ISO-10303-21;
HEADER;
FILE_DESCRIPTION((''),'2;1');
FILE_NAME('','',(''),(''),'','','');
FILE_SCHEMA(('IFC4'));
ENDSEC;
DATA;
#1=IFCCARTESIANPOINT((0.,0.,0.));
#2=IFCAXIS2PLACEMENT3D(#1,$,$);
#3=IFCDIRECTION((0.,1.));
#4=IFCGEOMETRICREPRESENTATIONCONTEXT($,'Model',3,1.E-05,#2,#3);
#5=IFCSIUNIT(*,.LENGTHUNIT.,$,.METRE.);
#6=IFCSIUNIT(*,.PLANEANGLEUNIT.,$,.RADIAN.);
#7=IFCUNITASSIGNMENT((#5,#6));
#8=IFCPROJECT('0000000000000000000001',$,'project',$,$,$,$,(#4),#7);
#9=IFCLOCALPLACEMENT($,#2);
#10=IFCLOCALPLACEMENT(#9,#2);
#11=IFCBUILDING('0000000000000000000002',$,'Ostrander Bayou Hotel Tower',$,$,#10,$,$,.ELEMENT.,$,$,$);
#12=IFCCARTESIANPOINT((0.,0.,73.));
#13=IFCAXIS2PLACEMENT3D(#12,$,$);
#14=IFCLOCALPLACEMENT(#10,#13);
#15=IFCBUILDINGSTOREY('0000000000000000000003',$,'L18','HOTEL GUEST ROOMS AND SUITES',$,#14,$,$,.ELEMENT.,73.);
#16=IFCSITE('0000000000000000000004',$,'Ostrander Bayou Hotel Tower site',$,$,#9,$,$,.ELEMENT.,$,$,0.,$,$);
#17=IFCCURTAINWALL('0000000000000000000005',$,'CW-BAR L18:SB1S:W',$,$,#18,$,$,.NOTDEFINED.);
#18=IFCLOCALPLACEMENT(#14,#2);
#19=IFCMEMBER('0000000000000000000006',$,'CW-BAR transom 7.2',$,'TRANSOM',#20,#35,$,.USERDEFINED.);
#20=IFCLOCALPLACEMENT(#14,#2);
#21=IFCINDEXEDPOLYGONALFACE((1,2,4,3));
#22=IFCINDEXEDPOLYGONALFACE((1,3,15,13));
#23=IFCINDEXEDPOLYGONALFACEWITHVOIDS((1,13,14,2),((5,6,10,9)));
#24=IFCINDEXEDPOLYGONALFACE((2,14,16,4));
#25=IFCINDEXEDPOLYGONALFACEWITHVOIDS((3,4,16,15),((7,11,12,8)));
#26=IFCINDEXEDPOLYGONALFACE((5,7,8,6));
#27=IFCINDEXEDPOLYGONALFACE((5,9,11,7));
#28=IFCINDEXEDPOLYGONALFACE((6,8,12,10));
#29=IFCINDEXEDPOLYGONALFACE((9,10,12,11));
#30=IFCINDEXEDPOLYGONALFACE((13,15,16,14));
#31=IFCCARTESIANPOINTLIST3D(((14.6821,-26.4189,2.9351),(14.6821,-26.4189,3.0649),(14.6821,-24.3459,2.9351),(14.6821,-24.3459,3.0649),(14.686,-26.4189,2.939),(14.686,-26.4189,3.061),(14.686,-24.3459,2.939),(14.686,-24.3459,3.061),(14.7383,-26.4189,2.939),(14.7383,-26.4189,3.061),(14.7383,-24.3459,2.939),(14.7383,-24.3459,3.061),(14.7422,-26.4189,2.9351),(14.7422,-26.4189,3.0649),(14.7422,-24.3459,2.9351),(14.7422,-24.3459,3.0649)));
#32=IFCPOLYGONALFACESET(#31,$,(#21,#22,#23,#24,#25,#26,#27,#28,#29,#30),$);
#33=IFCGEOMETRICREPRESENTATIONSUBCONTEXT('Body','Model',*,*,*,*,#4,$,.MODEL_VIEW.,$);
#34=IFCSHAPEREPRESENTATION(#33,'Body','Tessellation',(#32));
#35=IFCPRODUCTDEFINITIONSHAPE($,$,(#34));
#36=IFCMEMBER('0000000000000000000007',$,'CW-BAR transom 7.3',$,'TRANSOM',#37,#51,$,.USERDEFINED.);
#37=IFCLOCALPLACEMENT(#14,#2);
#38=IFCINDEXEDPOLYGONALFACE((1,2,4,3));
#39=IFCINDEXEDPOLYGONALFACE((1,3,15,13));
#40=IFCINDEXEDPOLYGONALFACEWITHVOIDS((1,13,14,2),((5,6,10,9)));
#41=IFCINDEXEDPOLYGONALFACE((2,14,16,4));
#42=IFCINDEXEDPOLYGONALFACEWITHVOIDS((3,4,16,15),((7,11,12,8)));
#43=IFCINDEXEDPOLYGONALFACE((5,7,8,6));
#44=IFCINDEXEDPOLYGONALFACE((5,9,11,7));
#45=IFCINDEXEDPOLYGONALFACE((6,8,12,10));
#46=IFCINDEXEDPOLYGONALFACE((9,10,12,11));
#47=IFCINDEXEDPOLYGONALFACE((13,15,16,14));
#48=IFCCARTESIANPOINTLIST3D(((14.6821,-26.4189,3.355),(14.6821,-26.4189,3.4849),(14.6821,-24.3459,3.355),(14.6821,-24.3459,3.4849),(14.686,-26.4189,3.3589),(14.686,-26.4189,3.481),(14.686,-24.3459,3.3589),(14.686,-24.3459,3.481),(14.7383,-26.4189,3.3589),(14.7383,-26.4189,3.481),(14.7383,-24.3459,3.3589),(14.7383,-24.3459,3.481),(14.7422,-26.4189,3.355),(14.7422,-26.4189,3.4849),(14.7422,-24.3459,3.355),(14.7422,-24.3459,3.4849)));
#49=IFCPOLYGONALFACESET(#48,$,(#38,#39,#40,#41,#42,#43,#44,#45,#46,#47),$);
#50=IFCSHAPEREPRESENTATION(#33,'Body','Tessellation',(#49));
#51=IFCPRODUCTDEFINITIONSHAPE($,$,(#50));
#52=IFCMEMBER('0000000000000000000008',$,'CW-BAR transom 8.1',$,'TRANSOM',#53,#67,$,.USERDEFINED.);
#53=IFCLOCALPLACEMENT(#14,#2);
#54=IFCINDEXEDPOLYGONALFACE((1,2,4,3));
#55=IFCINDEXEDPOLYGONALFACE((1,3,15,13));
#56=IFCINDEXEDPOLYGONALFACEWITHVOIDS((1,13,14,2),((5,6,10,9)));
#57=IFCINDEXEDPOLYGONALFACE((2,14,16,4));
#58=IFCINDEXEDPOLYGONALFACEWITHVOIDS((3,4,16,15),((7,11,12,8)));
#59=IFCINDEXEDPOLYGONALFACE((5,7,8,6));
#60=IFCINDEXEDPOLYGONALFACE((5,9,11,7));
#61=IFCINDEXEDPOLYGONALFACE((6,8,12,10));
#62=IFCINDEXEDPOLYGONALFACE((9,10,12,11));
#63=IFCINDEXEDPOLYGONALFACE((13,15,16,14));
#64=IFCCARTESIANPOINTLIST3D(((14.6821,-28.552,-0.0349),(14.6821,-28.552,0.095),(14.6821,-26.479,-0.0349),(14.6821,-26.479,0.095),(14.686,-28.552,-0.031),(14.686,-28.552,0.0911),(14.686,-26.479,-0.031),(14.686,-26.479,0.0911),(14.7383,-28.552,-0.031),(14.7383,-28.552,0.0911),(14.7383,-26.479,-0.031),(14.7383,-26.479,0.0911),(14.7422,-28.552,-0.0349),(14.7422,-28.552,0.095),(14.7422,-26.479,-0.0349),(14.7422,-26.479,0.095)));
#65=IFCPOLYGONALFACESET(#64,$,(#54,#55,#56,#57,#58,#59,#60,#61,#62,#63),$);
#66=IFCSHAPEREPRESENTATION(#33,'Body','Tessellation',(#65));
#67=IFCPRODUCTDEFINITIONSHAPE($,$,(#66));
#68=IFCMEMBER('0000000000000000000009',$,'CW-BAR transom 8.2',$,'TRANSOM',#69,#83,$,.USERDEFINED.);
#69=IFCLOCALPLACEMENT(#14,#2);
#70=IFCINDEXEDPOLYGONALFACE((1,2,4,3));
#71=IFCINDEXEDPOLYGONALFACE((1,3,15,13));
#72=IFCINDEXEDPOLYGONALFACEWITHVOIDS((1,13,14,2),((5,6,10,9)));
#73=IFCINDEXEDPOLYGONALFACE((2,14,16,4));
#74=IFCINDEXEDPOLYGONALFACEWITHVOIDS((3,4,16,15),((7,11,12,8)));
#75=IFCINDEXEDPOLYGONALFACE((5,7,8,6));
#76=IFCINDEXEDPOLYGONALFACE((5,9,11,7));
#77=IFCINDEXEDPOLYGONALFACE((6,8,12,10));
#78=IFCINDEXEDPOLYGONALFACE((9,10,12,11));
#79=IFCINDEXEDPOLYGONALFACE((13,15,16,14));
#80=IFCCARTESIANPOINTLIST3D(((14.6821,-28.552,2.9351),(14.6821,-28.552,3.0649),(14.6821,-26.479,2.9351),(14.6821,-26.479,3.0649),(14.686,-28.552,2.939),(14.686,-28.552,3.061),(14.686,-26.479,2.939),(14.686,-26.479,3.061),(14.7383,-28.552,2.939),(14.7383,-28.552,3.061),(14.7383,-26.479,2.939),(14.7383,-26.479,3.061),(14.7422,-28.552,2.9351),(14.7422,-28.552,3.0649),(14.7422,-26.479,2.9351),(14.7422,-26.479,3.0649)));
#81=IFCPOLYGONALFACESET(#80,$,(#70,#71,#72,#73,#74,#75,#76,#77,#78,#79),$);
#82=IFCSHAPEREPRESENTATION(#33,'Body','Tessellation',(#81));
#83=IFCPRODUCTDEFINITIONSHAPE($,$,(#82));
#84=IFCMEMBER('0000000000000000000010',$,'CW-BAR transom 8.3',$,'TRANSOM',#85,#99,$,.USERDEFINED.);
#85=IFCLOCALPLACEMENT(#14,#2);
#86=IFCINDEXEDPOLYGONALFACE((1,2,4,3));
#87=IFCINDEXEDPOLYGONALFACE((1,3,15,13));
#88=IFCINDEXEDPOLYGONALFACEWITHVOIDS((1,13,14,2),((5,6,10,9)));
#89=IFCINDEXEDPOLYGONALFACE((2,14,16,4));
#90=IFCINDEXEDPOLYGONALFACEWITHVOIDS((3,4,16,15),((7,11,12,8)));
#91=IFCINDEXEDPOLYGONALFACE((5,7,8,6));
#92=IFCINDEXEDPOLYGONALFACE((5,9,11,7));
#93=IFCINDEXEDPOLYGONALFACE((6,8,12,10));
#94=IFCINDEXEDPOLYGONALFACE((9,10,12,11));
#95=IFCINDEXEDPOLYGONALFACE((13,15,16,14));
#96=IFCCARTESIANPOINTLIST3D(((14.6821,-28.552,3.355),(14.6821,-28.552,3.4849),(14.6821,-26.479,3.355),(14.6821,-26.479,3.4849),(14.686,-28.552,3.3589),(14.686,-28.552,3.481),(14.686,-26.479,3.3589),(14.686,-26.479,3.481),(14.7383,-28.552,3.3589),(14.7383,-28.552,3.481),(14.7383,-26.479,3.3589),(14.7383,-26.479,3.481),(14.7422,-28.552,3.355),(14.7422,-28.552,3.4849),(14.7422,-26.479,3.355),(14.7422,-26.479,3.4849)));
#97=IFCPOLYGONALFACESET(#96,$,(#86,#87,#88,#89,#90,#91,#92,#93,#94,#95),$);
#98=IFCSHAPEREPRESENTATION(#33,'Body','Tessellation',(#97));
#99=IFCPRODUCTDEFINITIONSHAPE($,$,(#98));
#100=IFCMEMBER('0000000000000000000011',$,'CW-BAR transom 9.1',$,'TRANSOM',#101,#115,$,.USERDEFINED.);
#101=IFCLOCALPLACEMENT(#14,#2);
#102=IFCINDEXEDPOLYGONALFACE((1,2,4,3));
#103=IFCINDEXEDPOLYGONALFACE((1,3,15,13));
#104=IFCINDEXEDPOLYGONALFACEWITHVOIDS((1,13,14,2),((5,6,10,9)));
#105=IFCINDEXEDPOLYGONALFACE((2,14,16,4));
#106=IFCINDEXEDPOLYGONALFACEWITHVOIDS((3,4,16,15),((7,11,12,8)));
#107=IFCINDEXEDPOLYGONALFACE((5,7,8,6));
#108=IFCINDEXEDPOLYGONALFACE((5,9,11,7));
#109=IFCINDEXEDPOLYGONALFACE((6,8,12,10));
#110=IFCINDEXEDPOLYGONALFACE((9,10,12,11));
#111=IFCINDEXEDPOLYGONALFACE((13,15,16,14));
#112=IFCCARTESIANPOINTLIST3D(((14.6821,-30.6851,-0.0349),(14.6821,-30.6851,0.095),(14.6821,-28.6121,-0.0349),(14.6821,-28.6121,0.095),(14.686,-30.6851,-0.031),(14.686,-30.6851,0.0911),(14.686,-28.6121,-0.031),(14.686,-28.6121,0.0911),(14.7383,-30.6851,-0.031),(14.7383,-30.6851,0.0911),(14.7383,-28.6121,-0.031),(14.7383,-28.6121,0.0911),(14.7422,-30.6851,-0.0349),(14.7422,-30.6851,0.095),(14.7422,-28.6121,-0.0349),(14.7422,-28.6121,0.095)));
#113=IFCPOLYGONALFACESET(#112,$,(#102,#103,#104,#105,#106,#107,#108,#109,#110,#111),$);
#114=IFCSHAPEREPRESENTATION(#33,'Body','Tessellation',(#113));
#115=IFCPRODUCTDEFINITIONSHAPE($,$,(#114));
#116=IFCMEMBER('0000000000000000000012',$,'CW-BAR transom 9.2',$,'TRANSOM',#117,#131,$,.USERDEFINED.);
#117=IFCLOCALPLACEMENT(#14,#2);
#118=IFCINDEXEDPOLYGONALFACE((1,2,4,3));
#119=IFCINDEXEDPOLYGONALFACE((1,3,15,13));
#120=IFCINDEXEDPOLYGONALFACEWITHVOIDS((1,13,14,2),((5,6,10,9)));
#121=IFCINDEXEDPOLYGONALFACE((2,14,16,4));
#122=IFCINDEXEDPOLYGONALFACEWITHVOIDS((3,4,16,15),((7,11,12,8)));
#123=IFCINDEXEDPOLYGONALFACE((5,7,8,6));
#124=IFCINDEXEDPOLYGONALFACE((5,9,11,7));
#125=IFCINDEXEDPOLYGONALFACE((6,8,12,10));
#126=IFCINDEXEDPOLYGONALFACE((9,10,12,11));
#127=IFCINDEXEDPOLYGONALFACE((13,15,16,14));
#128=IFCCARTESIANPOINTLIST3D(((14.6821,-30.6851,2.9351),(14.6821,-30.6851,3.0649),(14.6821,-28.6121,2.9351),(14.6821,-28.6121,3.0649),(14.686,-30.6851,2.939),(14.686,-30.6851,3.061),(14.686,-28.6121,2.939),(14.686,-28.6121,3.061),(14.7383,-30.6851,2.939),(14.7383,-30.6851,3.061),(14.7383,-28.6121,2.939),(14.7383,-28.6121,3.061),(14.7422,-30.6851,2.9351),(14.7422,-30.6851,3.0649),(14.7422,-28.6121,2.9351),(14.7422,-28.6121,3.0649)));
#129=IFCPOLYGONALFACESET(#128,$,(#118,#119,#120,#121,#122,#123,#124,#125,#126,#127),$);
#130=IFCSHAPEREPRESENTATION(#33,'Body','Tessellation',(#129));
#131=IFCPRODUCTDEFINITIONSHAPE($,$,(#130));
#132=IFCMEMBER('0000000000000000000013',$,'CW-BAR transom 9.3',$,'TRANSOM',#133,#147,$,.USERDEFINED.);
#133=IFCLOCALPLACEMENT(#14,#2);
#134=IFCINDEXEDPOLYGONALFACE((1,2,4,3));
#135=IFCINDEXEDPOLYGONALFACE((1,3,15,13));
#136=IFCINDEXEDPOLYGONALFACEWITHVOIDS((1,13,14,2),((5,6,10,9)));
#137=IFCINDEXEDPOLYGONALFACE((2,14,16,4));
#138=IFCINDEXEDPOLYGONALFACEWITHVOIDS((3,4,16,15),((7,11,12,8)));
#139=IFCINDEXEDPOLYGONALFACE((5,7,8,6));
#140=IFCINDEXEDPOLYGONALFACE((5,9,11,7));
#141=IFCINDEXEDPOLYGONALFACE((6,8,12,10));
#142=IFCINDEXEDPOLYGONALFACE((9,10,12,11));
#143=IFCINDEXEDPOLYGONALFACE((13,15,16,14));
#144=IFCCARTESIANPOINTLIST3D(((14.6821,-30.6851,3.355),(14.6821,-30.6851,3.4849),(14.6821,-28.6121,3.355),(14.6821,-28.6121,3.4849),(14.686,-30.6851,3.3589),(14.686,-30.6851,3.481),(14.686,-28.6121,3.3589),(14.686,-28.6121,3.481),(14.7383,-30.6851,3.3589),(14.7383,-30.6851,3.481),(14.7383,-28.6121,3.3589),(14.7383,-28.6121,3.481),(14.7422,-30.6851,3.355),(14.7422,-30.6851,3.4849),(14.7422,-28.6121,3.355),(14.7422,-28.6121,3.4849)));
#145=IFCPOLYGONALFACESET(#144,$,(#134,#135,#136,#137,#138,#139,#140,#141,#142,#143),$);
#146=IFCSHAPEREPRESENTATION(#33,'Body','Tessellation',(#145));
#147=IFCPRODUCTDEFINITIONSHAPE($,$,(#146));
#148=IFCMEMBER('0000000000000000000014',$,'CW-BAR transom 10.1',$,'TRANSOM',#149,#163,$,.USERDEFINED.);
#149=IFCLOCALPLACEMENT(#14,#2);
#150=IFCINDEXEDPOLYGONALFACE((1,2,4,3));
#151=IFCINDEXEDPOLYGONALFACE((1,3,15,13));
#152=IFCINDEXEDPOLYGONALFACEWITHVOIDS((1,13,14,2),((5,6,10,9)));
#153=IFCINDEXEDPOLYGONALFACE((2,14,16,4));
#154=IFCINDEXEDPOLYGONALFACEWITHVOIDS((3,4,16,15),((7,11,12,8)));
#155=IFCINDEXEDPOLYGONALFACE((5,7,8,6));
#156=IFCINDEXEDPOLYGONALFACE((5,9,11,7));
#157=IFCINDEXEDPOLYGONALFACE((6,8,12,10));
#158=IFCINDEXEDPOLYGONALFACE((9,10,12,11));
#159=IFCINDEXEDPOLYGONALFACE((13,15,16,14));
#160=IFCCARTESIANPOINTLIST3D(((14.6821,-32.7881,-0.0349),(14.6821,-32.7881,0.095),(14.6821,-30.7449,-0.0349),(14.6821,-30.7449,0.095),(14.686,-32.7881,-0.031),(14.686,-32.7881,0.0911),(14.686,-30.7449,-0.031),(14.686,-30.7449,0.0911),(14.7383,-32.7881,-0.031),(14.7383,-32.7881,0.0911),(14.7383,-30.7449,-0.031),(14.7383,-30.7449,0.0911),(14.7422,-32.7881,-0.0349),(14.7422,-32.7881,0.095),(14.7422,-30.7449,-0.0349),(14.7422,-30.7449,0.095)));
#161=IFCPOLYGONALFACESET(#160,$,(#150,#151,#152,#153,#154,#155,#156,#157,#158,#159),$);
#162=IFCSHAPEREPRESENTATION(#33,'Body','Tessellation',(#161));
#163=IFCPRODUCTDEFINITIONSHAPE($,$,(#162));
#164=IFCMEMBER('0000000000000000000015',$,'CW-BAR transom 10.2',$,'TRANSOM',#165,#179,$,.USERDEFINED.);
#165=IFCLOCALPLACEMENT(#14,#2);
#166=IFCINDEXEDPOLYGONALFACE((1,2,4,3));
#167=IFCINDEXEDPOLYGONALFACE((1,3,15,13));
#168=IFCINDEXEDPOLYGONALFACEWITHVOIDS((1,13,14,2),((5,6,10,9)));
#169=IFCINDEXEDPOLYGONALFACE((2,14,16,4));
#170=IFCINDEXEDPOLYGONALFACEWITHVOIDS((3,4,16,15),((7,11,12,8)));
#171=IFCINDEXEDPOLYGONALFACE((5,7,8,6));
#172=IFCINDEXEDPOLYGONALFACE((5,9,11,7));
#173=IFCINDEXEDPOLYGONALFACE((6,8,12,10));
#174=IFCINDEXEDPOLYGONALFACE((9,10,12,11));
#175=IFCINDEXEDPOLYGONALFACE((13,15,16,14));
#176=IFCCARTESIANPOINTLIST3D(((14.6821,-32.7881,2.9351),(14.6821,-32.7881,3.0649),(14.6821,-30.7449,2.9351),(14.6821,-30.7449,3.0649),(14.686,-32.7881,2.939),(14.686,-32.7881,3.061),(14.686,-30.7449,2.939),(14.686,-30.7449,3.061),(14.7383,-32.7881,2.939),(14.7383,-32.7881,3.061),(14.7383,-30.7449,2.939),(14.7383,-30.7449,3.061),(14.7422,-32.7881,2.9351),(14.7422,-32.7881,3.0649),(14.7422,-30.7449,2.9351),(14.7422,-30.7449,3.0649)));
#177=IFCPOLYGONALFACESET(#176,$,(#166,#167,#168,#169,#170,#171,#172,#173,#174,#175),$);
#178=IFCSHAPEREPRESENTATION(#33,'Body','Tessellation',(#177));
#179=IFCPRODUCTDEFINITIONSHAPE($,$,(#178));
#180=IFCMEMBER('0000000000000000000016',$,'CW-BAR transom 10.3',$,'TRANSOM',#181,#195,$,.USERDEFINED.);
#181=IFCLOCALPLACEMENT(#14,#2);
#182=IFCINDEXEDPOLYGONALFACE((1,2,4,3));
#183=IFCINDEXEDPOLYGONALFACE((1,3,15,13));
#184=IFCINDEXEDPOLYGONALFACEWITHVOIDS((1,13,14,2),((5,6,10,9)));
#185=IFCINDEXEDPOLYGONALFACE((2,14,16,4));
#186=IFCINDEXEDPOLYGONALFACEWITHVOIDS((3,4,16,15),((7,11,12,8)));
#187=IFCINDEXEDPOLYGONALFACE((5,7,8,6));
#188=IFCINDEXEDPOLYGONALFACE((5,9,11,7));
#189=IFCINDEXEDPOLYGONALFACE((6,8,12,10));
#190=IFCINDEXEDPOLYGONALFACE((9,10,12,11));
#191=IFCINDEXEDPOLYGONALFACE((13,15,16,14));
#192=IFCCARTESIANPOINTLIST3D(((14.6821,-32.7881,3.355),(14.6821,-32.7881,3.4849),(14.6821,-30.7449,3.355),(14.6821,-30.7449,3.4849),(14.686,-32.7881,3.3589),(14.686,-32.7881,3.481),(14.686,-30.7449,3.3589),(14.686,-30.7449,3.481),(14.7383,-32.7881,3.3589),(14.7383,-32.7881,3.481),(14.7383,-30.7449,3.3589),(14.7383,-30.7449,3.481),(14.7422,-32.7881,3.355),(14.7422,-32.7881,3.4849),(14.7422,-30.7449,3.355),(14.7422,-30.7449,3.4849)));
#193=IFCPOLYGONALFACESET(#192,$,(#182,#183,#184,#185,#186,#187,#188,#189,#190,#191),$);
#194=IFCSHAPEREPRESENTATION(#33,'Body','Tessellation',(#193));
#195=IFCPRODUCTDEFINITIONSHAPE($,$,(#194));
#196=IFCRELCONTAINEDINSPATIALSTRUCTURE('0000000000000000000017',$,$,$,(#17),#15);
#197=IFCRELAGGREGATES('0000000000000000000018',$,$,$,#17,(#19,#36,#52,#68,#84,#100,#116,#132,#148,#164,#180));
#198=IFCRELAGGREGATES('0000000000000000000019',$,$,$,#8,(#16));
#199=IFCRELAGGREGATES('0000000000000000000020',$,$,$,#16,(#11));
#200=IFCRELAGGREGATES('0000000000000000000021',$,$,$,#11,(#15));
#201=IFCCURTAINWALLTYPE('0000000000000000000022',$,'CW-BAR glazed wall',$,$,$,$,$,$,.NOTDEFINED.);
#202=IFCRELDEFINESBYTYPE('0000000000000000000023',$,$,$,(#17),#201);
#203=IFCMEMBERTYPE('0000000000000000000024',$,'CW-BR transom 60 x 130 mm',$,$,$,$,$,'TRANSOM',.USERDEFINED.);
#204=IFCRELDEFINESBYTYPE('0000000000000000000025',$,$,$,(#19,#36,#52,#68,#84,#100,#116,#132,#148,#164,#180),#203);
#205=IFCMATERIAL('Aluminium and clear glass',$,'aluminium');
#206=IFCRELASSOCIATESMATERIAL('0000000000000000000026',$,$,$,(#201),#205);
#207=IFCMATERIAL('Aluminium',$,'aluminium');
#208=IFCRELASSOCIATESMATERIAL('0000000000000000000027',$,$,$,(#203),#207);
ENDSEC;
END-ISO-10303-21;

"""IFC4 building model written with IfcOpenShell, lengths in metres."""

from ifc_helpers import new_model, si_unit, direction, frame, origin, origin_2d, place, context, subcontext, project, spatial, hollow_rectangle, extrude, material, material_profile, profile_set, type_object, element, aggregate, save


model = new_model("IFC4")

# Units and contexts
model_context = context("Model", 3, precision=1e-05, world=origin(), true_north=direction((0.0, 1.0)))
body_context = subcontext(model_context, "Body", "Model", "MODEL_VIEW")
ifc_project = project(units=[si_unit("LENGTHUNIT", "METRE"), si_unit("PLANEANGLEUNIT", "RADIAN")], contexts=[model_context])

# Site, building, storey
site_placement = place(None, origin())
site = spatial("IfcSite", under=ifc_project, at=site_placement, Name="Ostrander Bayou Hotel Tower site", CompositionType="ELEMENT", RefElevation=0.0)
building_placement = place(site_placement, origin())
building = spatial("IfcBuilding", under=site, at=building_placement, Name="Ostrander Bayou Hotel Tower", CompositionType="ELEMENT")
storey_placement = place(building_placement, frame((0.0, 0.0, 73.0)))
storey = spatial("IfcBuildingStorey", under=building, at=storey_placement, Name="L18", Description="HOTEL GUEST ROOMS AND SUITES", CompositionType="ELEMENT", Elevation=73.0)

# Curtain wall
ifc_material_1 = material(Name="Aluminium and clear glass", Category="aluminium")
curtain_wall_type = type_object("IfcCurtainWallType", Name="CW-BAR glazed wall", PredefinedType="NOTDEFINED", material=ifc_material_1)
curtain_wall_1_placement = place(storey_placement, origin())
curtain_wall_1 = element("IfcCurtainWall", 1, at=curtain_wall_1_placement, inside=storey, type_object=curtain_wall_type, Name="CW-BAR L18:SB1S:W", PredefinedType="NOTDEFINED")

# Members
ifc_material_2 = material(Name="Aluminium", Category="aluminium")
ifc_material_profile_1 = material_profile(ifc_material_2, hollow_rectangle(XDim=0.0601, YDim=0.1299, WallThickness=0.0039, at=origin_2d()))
ifc_profile_set_1 = profile_set([ifc_material_profile_1], Name="Aluminium")
member_type_1 = type_object("IfcMemberType", Name="CW-BR transom 60 x 130 mm", ElementType="TRANSOM", PredefinedType="USERDEFINED", material=ifc_profile_set_1)
member_1_placement = place(storey_placement, frame((14.7122, -24.3459, 3.0), z_axis=(0.0, -1.0, 0.0), x_axis=(1.0, 0.0, 0.0)))
member_1 = element("IfcMember", 2, at=member_1_placement, type_object=member_type_1, Name="CW-BAR transom 7.2", ObjectType="TRANSOM", PredefinedType="USERDEFINED", context=body_context, shape_type="SweptSolid", body=[
    extrude(hollow_rectangle(XDim=0.0601, YDim=0.1299, WallThickness=0.0039, at=origin_2d()), origin(), (0.0, 0.0, 1.0), 2.073),
])
member_2_placement = place(storey_placement, frame((14.7122, -24.3459, 3.4199), z_axis=(0.0, -1.0, 0.0), x_axis=(1.0, 0.0, 0.0)))
member_2 = element("IfcMember", 3, at=member_2_placement, type_object=member_type_1, Name="CW-BAR transom 7.3", ObjectType="TRANSOM", PredefinedType="USERDEFINED", context=body_context, shape_type="SweptSolid", body=[
    extrude(hollow_rectangle(XDim=0.0601, YDim=0.1299, WallThickness=0.0039, at=origin_2d()), origin(), (0.0, 0.0, 1.0), 2.073),
])
member_3_placement = place(storey_placement, frame((14.7122, -26.479, 0.03), z_axis=(0.0, -1.0, 0.0), x_axis=(1.0, 0.0, 0.0)))
member_3 = element("IfcMember", 4, at=member_3_placement, type_object=member_type_1, Name="CW-BAR transom 8.1", ObjectType="TRANSOM", PredefinedType="USERDEFINED", context=body_context, shape_type="SweptSolid", body=[
    extrude(hollow_rectangle(XDim=0.0601, YDim=0.1299, WallThickness=0.0039, at=origin_2d()), origin(), (0.0, 0.0, 1.0), 2.073),
])
member_4_placement = place(storey_placement, frame((14.7122, -26.479, 3.0), z_axis=(0.0, -1.0, 0.0), x_axis=(1.0, 0.0, 0.0)))
member_4 = element("IfcMember", 5, at=member_4_placement, type_object=member_type_1, Name="CW-BAR transom 8.2", ObjectType="TRANSOM", PredefinedType="USERDEFINED", context=body_context, shape_type="SweptSolid", body=[
    extrude(hollow_rectangle(XDim=0.0601, YDim=0.1299, WallThickness=0.0039, at=origin_2d()), origin(), (0.0, 0.0, 1.0), 2.073),
])
member_5_placement = place(storey_placement, frame((14.7122, -26.479, 3.4199), z_axis=(0.0, -1.0, 0.0), x_axis=(1.0, 0.0, 0.0)))
member_5 = element("IfcMember", 6, at=member_5_placement, type_object=member_type_1, Name="CW-BAR transom 8.3", ObjectType="TRANSOM", PredefinedType="USERDEFINED", context=body_context, shape_type="SweptSolid", body=[
    extrude(hollow_rectangle(XDim=0.0601, YDim=0.1299, WallThickness=0.0039, at=origin_2d()), origin(), (0.0, 0.0, 1.0), 2.073),
])
member_6_placement = place(storey_placement, frame((14.7122, -28.6121, 0.03), z_axis=(0.0, -1.0, 0.0), x_axis=(1.0, 0.0, 0.0)))
member_6 = element("IfcMember", 7, at=member_6_placement, type_object=member_type_1, Name="CW-BAR transom 9.1", ObjectType="TRANSOM", PredefinedType="USERDEFINED", context=body_context, shape_type="SweptSolid", body=[
    extrude(hollow_rectangle(XDim=0.0601, YDim=0.1299, WallThickness=0.0039, at=origin_2d()), origin(), (0.0, 0.0, 1.0), 2.073),
])
member_7_placement = place(storey_placement, frame((14.7122, -28.6121, 3.0), z_axis=(0.0, -1.0, 0.0), x_axis=(1.0, 0.0, 0.0)))
member_7 = element("IfcMember", 8, at=member_7_placement, type_object=member_type_1, Name="CW-BAR transom 9.2", ObjectType="TRANSOM", PredefinedType="USERDEFINED", context=body_context, shape_type="SweptSolid", body=[
    extrude(hollow_rectangle(XDim=0.0601, YDim=0.1299, WallThickness=0.0039, at=origin_2d()), origin(), (0.0, 0.0, 1.0), 2.073),
])
member_8_placement = place(storey_placement, frame((14.7122, -28.6121, 3.4199), z_axis=(0.0, -1.0, 0.0), x_axis=(1.0, 0.0, 0.0)))
member_8 = element("IfcMember", 9, at=member_8_placement, type_object=member_type_1, Name="CW-BAR transom 9.3", ObjectType="TRANSOM", PredefinedType="USERDEFINED", context=body_context, shape_type="SweptSolid", body=[
    extrude(hollow_rectangle(XDim=0.0601, YDim=0.1299, WallThickness=0.0039, at=origin_2d()), origin(), (0.0, 0.0, 1.0), 2.073),
])
member_9_placement = place(storey_placement, frame((14.7122, -30.7449, 0.03), z_axis=(0.0, -1.0, 0.0), x_axis=(1.0, 0.0, 0.0)))
member_9 = element("IfcMember", 10, at=member_9_placement, type_object=member_type_1, Name="CW-BAR transom 10.1", ObjectType="TRANSOM", PredefinedType="USERDEFINED", context=body_context, shape_type="SweptSolid", body=[
    extrude(hollow_rectangle(XDim=0.0601, YDim=0.1299, WallThickness=0.0039, at=origin_2d()), origin(), (0.0, 0.0, 1.0), 2.0432),
])
member_10_placement = place(storey_placement, frame((14.7122, -30.7449, 3.0), z_axis=(0.0, -1.0, 0.0), x_axis=(1.0, 0.0, 0.0)))
member_10 = element("IfcMember", 11, at=member_10_placement, type_object=member_type_1, Name="CW-BAR transom 10.2", ObjectType="TRANSOM", PredefinedType="USERDEFINED", context=body_context, shape_type="SweptSolid", body=[
    extrude(hollow_rectangle(XDim=0.0601, YDim=0.1299, WallThickness=0.0039, at=origin_2d()), origin(), (0.0, 0.0, 1.0), 2.0432),
])
member_11_placement = place(storey_placement, frame((14.7122, -30.7449, 3.4199), z_axis=(0.0, -1.0, 0.0), x_axis=(1.0, 0.0, 0.0)))
member_11 = element("IfcMember", 12, at=member_11_placement, type_object=member_type_1, Name="CW-BAR transom 10.3", ObjectType="TRANSOM", PredefinedType="USERDEFINED", context=body_context, shape_type="SweptSolid", body=[
    extrude(hollow_rectangle(XDim=0.0601, YDim=0.1299, WallThickness=0.0039, at=origin_2d()), origin(), (0.0, 0.0, 1.0), 2.0432),
])

aggregate(curtain_wall_1, [member_1, member_2, member_3, member_4, member_5, member_6, member_7, member_8, member_9, member_10, member_11])

save(model, "model.ifc")
